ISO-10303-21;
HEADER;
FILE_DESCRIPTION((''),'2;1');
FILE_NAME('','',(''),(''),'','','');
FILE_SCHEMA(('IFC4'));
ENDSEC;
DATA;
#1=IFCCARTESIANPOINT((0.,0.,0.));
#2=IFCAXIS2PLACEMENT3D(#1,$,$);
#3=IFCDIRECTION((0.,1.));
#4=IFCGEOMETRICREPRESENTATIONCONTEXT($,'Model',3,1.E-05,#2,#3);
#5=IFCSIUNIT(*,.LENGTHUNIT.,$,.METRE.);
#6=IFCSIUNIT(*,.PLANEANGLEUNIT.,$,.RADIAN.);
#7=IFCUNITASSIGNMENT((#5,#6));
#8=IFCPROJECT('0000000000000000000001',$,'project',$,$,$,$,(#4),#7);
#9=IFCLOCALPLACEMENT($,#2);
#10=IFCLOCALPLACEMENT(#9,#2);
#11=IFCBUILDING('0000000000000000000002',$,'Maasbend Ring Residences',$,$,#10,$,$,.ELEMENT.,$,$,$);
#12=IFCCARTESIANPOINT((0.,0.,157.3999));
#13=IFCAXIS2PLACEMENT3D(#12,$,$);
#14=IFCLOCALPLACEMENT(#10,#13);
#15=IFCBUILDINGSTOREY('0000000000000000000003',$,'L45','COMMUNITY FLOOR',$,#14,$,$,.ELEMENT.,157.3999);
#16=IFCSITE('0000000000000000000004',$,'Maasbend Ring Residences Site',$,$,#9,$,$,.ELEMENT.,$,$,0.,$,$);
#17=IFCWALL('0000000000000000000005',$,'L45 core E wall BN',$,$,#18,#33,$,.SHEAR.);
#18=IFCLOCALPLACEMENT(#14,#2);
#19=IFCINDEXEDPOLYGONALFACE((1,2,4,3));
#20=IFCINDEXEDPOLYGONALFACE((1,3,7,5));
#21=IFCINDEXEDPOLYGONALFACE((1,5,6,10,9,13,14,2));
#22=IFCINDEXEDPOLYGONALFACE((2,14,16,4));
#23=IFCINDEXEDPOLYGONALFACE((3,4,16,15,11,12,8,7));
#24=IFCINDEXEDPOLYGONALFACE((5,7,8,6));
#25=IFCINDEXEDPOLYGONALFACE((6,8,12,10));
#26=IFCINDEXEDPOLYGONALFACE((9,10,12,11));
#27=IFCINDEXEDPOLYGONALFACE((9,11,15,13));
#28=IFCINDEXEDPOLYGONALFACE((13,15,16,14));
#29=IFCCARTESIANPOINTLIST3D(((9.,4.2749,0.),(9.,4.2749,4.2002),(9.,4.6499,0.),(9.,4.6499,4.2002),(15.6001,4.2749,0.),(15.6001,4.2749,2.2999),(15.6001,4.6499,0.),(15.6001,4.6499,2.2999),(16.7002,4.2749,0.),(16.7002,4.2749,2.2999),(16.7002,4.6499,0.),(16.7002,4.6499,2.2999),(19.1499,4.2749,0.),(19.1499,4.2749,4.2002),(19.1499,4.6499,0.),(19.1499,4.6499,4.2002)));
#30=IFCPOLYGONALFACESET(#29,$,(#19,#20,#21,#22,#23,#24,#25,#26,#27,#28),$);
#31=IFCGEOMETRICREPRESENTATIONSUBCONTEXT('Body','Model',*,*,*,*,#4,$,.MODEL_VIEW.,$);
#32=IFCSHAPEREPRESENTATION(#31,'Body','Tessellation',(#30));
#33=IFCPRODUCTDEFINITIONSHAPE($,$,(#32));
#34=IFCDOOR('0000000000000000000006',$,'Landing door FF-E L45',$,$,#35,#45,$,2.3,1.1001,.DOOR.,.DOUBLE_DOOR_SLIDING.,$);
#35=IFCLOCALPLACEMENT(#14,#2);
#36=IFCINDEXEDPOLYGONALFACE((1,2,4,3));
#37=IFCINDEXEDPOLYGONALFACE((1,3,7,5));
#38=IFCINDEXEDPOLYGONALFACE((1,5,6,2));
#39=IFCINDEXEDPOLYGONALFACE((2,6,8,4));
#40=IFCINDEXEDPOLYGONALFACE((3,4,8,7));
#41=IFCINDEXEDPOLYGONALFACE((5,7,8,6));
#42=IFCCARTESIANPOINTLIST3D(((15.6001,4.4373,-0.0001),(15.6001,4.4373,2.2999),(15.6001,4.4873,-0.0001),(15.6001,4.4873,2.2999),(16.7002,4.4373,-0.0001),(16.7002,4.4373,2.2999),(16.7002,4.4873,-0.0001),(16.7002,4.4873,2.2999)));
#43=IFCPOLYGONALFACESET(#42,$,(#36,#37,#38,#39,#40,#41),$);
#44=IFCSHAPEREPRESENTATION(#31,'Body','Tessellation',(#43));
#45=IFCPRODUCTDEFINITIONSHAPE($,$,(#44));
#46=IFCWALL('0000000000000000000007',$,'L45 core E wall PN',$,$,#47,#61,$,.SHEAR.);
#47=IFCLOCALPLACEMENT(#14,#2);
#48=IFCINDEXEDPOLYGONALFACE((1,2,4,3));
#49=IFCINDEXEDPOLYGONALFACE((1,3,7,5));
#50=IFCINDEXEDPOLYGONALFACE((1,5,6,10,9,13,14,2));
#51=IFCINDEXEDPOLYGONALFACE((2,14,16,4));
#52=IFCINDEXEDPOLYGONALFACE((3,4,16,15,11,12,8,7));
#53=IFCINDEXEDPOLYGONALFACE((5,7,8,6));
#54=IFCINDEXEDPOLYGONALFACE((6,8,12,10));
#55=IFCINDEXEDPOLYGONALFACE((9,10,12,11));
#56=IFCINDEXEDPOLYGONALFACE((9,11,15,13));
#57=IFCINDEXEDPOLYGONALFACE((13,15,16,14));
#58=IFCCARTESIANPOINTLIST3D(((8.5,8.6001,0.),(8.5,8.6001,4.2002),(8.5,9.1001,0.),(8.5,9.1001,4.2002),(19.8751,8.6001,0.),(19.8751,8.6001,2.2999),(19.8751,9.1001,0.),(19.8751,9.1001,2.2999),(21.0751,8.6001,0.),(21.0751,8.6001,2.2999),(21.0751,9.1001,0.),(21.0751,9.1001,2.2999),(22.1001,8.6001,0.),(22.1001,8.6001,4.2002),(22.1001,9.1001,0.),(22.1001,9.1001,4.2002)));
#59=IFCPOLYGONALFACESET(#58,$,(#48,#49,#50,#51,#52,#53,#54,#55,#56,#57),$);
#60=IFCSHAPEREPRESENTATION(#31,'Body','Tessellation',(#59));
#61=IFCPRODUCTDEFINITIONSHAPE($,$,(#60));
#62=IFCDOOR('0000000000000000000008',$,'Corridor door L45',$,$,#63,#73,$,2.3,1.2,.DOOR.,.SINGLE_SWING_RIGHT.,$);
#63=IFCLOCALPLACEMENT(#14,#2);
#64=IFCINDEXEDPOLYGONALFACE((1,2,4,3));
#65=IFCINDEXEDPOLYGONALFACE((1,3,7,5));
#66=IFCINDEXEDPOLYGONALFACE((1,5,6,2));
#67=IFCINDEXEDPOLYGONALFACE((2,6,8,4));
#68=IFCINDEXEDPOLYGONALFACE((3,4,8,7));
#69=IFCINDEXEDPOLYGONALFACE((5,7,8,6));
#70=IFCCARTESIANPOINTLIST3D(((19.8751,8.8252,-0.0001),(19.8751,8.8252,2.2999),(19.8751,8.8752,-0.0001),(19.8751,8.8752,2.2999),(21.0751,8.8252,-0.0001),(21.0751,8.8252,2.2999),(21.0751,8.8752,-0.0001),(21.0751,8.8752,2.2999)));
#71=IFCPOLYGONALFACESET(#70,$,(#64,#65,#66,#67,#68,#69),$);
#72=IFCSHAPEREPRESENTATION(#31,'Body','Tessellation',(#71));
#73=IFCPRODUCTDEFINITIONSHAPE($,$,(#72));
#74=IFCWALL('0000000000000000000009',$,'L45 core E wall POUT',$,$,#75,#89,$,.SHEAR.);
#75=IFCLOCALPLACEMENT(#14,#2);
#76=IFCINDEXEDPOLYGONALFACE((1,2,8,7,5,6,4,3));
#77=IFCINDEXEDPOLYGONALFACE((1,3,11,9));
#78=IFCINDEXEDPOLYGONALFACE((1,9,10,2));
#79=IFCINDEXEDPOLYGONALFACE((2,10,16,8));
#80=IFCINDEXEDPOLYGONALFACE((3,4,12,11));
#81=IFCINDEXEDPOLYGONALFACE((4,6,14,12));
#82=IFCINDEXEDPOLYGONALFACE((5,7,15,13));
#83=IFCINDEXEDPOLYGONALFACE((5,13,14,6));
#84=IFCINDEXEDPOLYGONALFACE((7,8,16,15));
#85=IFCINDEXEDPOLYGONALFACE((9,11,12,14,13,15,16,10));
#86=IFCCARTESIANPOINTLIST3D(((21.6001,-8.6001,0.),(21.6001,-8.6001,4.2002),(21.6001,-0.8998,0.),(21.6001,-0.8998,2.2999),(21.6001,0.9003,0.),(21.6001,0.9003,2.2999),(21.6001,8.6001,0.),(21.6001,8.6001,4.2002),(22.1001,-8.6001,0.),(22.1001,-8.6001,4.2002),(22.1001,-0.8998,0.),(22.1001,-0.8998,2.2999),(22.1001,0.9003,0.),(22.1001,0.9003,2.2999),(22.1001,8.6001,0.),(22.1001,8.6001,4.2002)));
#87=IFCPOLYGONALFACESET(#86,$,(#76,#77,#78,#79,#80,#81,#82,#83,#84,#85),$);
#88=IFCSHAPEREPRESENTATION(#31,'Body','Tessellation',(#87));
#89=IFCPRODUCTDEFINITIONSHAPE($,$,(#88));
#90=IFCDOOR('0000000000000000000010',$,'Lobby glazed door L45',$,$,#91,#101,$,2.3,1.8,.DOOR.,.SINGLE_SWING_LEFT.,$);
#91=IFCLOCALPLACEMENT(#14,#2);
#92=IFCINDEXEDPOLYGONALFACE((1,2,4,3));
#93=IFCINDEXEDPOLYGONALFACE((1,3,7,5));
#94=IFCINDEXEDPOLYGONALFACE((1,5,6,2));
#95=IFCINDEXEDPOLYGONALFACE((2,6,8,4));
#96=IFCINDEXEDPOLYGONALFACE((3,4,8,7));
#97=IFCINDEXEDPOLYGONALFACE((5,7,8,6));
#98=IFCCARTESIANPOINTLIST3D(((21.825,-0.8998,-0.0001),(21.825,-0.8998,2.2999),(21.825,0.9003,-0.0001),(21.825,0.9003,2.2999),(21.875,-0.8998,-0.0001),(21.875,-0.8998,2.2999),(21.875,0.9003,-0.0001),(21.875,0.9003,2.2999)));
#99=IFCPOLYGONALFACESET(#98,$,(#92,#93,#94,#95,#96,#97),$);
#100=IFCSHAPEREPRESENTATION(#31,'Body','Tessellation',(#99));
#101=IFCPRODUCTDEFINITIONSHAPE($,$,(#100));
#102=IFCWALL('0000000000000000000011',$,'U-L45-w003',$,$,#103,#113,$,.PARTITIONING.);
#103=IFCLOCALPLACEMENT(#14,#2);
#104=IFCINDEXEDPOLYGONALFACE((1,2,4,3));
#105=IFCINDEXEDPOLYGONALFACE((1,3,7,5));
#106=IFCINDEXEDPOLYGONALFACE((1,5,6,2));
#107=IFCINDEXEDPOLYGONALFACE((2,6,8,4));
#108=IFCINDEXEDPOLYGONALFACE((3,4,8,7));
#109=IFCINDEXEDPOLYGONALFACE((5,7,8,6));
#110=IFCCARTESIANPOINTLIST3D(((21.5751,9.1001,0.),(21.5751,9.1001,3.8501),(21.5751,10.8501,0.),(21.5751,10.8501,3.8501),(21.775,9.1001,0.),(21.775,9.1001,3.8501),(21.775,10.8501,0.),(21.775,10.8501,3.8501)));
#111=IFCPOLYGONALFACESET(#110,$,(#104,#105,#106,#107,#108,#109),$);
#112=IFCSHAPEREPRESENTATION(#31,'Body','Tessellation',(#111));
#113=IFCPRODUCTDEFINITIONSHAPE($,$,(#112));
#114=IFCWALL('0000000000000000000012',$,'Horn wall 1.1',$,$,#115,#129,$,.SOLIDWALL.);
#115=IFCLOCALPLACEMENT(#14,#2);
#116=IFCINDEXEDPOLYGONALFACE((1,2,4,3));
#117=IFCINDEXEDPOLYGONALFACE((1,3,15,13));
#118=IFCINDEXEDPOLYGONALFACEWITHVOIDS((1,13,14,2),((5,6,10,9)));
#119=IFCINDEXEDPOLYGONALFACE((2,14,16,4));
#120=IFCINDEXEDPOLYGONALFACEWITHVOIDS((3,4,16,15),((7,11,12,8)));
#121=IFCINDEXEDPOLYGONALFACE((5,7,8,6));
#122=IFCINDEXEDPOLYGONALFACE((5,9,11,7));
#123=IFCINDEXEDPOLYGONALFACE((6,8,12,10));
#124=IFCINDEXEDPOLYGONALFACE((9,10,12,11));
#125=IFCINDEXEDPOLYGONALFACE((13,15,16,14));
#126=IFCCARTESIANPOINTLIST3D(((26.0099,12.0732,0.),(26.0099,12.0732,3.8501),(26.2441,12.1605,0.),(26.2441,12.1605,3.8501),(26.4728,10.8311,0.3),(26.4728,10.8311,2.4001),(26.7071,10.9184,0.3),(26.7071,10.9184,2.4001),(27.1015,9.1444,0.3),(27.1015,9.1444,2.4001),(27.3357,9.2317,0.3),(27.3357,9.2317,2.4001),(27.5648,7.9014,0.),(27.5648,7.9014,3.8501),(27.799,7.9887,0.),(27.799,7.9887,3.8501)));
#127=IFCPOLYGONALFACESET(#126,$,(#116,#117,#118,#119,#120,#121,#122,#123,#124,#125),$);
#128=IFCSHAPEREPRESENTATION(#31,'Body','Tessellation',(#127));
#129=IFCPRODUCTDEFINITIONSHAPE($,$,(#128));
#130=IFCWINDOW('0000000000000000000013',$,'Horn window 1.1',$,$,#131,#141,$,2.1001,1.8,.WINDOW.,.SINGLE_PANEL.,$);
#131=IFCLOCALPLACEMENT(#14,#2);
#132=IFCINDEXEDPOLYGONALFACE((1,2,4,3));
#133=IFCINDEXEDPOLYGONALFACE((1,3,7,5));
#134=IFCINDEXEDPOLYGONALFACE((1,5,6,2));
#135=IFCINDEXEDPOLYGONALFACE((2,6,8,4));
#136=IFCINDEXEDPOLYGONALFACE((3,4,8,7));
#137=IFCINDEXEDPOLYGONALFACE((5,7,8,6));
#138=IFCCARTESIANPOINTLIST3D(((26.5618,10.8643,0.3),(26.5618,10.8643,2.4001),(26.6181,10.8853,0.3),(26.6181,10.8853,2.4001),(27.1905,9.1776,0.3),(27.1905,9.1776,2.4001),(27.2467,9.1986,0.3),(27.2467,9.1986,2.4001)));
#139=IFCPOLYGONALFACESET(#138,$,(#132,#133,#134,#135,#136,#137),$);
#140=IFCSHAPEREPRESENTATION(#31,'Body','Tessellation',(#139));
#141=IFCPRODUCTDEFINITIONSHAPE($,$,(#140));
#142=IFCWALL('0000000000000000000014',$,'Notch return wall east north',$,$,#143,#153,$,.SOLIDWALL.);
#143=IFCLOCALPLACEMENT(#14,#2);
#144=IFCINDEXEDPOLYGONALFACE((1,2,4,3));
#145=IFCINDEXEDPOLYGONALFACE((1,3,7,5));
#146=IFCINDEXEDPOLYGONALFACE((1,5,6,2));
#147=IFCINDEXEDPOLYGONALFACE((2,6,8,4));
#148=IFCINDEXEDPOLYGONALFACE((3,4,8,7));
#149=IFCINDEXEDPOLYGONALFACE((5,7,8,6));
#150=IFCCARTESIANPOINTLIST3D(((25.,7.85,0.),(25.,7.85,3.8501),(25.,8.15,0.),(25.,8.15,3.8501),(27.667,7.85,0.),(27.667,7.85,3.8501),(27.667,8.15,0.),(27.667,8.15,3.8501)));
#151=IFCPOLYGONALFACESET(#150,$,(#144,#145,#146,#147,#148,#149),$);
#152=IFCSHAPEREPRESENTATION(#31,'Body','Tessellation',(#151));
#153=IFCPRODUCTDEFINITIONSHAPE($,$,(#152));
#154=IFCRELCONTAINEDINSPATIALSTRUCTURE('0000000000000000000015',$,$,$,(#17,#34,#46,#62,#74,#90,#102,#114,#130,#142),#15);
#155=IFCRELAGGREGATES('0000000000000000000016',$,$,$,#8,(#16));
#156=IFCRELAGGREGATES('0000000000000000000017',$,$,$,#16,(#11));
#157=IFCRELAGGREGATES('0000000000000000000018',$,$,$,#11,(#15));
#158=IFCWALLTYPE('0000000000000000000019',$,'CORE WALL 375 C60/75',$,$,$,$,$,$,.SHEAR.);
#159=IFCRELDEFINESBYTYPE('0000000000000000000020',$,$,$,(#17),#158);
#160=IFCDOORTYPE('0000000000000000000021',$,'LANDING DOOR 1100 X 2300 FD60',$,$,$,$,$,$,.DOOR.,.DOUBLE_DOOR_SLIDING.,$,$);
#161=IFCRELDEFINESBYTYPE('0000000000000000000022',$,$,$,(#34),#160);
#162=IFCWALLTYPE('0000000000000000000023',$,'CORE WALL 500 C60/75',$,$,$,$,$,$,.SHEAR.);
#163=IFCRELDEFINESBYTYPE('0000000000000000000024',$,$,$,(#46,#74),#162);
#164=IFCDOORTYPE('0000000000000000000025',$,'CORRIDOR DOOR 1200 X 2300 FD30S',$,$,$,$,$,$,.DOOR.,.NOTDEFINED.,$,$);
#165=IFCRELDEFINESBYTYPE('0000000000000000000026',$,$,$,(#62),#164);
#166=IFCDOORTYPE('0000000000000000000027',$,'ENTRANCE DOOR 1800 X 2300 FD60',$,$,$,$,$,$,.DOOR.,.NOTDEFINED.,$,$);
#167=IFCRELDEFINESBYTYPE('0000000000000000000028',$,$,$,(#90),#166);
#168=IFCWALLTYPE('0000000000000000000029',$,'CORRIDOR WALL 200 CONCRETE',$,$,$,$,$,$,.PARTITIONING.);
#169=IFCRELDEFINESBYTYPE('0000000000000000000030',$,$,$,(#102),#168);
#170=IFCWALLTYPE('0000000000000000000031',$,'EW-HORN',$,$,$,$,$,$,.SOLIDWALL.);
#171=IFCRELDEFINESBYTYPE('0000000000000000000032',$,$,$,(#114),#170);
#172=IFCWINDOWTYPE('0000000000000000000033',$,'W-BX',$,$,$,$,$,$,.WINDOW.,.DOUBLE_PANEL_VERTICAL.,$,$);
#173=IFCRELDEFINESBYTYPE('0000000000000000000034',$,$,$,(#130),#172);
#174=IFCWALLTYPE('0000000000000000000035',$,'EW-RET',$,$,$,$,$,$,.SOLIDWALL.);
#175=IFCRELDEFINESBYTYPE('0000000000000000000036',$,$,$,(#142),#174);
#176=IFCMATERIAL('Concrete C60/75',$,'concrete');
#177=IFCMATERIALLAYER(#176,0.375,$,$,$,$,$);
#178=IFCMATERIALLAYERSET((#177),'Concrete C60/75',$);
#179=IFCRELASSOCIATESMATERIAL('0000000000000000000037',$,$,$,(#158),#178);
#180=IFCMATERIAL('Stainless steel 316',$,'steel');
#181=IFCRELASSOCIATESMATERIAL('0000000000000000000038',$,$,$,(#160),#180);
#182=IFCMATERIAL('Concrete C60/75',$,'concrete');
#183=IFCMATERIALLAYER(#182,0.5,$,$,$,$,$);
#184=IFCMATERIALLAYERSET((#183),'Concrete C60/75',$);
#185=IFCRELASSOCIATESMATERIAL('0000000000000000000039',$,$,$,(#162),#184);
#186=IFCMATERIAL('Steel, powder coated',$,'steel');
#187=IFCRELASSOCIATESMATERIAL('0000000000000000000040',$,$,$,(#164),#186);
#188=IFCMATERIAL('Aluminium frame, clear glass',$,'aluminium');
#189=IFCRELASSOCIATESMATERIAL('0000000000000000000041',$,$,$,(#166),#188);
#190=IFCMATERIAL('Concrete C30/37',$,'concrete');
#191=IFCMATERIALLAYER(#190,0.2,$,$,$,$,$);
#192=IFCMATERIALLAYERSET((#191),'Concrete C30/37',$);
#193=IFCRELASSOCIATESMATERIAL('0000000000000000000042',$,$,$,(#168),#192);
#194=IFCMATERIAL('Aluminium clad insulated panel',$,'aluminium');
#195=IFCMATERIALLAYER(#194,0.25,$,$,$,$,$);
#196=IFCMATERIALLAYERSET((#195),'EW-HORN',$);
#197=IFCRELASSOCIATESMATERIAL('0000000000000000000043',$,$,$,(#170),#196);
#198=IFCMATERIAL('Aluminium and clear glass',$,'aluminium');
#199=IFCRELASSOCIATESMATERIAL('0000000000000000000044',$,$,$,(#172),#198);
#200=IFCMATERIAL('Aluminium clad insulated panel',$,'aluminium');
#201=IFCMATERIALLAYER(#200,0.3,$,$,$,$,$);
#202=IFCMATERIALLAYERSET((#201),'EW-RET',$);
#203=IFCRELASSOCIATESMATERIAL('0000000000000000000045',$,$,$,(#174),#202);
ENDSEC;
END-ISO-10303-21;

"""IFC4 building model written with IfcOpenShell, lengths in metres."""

from ifc_helpers import new_model, si_unit, direction, frame, frame_2d, origin, place, context, subcontext, project, spatial, rectangle, extrude, material, layer, layer_set, type_object, element, fill, save


model = new_model("IFC4")

# Units and contexts
model_context = context("Model", 3, precision=1e-05, world=origin(), true_north=direction((0.0, 1.0)))
body_context = subcontext(model_context, "Body", "Model", "MODEL_VIEW")
ifc_project = project(units=[si_unit("LENGTHUNIT", "METRE"), si_unit("PLANEANGLEUNIT", "RADIAN")], contexts=[model_context])

# Site, building, storey
site_placement = place(None, origin())
site = spatial("IfcSite", under=ifc_project, at=site_placement, Name="Maasbend Ring Residences Site", CompositionType="ELEMENT", RefElevation=0.0)
building_placement = place(site_placement, origin())
building = spatial("IfcBuilding", under=site, at=building_placement, Name="Maasbend Ring Residences", CompositionType="ELEMENT")
storey_placement = place(building_placement, frame((0.0, 0.0, 157.3999)))
storey = spatial("IfcBuildingStorey", under=building, at=storey_placement, Name="L45", Description="COMMUNITY FLOOR", CompositionType="ELEMENT", Elevation=157.3999)

# Walls, openings, doors
ifc_material_1 = material(Name="Concrete C60/75", Category="concrete")
ifc_layer_1 = layer(ifc_material_1, 0.375)
ifc_layer_set_1 = layer_set([ifc_layer_1], Name="Concrete C60/75")
wall_type_1 = type_object("IfcWallType", Name="CORE WALL 375 C60/75", PredefinedType="SHEAR", material=ifc_layer_set_1)
wall_1_placement = place(storey_placement, frame((9.0, 4.4624, 0.0), z_axis=(0.0, 0.0, 1.0), x_axis=(1.0, 0.0, 0.0)))
wall_1 = element("IfcWall", 1, at=wall_1_placement, inside=storey, type_object=wall_type_1, Name="L45 core E wall BN", PredefinedType="SHEAR", context=body_context, shape_type="SweptSolid", body=[
    extrude(rectangle(XDim=10.1499, YDim=0.375, at=frame_2d((5.075, 0.0))), origin(), (0.0, 0.0, 1.0), 4.2002),
])
opening_1_placement = place(wall_1_placement, frame((6.6001, 0.0, 0.0)))
opening_1 = element("IfcOpeningElement", 2, at=opening_1_placement, cuts=wall_1, PredefinedType="OPENING", context=body_context, shape_type="SweptSolid", body=[
    extrude(rectangle(XDim=1.1001, YDim=2.3, at=frame_2d((0.55, 1.1499))), frame((0.0, 0.1975, 0.0), z_axis=(0.0, -1.0, 0.0), x_axis=(1.0, 0.0, 0.0)), (0.0, 0.0, 1.0), 0.395),
])
ifc_material_2 = material(Name="Stainless steel 316", Category="steel")
door_type_1 = type_object("IfcDoorType", Name="LANDING DOOR 1100 X 2300 FD60", OperationType="DOUBLE_DOOR_SLIDING", PredefinedType="DOOR", material=ifc_material_2)
door_1_placement = place(opening_1_placement, origin())
door_1 = element("IfcDoor", 3, at=door_1_placement, inside=storey, type_object=door_type_1, Name="Landing door FF-E L45", OperationType="DOUBLE_DOOR_SLIDING", OverallHeight=2.3, OverallWidth=1.1001, PredefinedType="DOOR", context=body_context, shape_type="SweptSolid", body=[
    extrude(rectangle(XDim=1.1001, YDim=2.3, at=frame_2d((0.55, 1.1499))), frame((0.0, 0.0249, 0.0), z_axis=(0.0, -1.0, 0.0), x_axis=(1.0, 0.0, 0.0)), (0.0, 0.0, 1.0), 0.05),
])
fill(opening_1, door_1)
ifc_material_3 = material(Name="Concrete C60/75", Category="concrete")
ifc_layer_2 = layer(ifc_material_3, 0.5)
ifc_layer_set_2 = layer_set([ifc_layer_2], Name="Concrete C60/75")
wall_type_2 = type_object("IfcWallType", Name="CORE WALL 500 C60/75", PredefinedType="SHEAR", material=ifc_layer_set_2)
wall_2_placement = place(storey_placement, frame((22.1001, 8.8501, 0.0), z_axis=(0.0, 0.0, 1.0), x_axis=(-1.0, 0.0, 0.0)))
wall_2 = element("IfcWall", 4, at=wall_2_placement, inside=storey, type_object=wall_type_2, Name="L45 core E wall PN", PredefinedType="SHEAR", context=body_context, shape_type="SweptSolid", body=[
    extrude(rectangle(XDim=13.6001, YDim=0.5, at=frame_2d((6.8, 0.0))), origin(), (0.0, 0.0, 1.0), 4.2002),
])
opening_2_placement = place(wall_2_placement, frame((1.0249, 0.0, 0.0)))
opening_2 = element("IfcOpeningElement", 5, at=opening_2_placement, cuts=wall_2, PredefinedType="OPENING", context=body_context, shape_type="SweptSolid", body=[
    extrude(rectangle(XDim=1.2, YDim=2.3, at=frame_2d((0.6001, 1.1499))), frame((0.0, 0.26, 0.0), z_axis=(0.0, -1.0, 0.0), x_axis=(1.0, 0.0, 0.0)), (0.0, 0.0, 1.0), 0.52),
])
ifc_material_4 = material(Name="Steel, powder coated", Category="steel")
door_type_2 = type_object("IfcDoorType", Name="CORRIDOR DOOR 1200 X 2300 FD30S", OperationType="NOTDEFINED", PredefinedType="DOOR", material=ifc_material_4)
door_2_placement = place(opening_2_placement, origin())
door_2 = element("IfcDoor", 6, at=door_2_placement, inside=storey, type_object=door_type_2, Name="Corridor door L45", OperationType="SINGLE_SWING_RIGHT", OverallHeight=2.3, OverallWidth=1.2, PredefinedType="DOOR", context=body_context, shape_type="SweptSolid", body=[
    extrude(rectangle(XDim=1.2, YDim=2.3, at=frame_2d((0.6001, 1.1499))), frame((0.0, 0.0249, 0.0), z_axis=(0.0, -1.0, 0.0), x_axis=(1.0, 0.0, 0.0)), (0.0, 0.0, 1.0), 0.05),
])
fill(opening_2, door_2)
wall_3_placement = place(storey_placement, frame((21.8501, 8.6001, 0.0), z_axis=(0.0, 0.0, 1.0), x_axis=(0.0, -1.0, 0.0)))
wall_3 = element("IfcWall", 7, at=wall_3_placement, inside=storey, type_object=wall_type_2, Name="L45 core E wall POUT", PredefinedType="SHEAR", context=body_context, shape_type="SweptSolid", body=[
    extrude(rectangle(XDim=17.2002, YDim=0.5, at=frame_2d((8.6001, 0.0))), origin(), (0.0, 0.0, 1.0), 4.2002),
])
opening_3_placement = place(wall_3_placement, frame((7.7, 0.0, 0.0)))
opening_3 = element("IfcOpeningElement", 8, at=opening_3_placement, cuts=wall_3, PredefinedType="OPENING", context=body_context, shape_type="SweptSolid", body=[
    extrude(rectangle(XDim=1.8, YDim=2.3, at=frame_2d((0.8999, 1.1499))), frame((0.0, 0.26, 0.0), z_axis=(0.0, -1.0, 0.0), x_axis=(1.0, 0.0, 0.0)), (0.0, 0.0, 1.0), 0.52),
])
ifc_material_5 = material(Name="Aluminium frame, clear glass", Category="aluminium")
door_type_3 = type_object("IfcDoorType", Name="ENTRANCE DOOR 1800 X 2300 FD60", OperationType="NOTDEFINED", PredefinedType="DOOR", material=ifc_material_5)
door_3_placement = place(opening_3_placement, origin())
door_3 = element("IfcDoor", 9, at=door_3_placement, inside=storey, type_object=door_type_3, Name="Lobby glazed door L45", OperationType="SINGLE_SWING_LEFT", OverallHeight=2.3, OverallWidth=1.8, PredefinedType="DOOR", context=body_context, shape_type="SweptSolid", body=[
    extrude(rectangle(XDim=1.8, YDim=2.3, at=frame_2d((0.8999, 1.1499))), frame((0.0, 0.0249, 0.0), z_axis=(0.0, -1.0, 0.0), x_axis=(1.0, 0.0, 0.0)), (0.0, 0.0, 1.0), 0.05),
])
fill(opening_3, door_3)

# Wall
ifc_material_6 = material(Name="Concrete C30/37", Category="concrete")
ifc_layer_3 = layer(ifc_material_6, 0.2)
ifc_layer_set_3 = layer_set([ifc_layer_3], Name="Concrete C30/37")
wall_type_3 = type_object("IfcWallType", Name="CORRIDOR WALL 200 CONCRETE", PredefinedType="PARTITIONING", material=ifc_layer_set_3)
wall_4_placement = place(storey_placement, frame((21.675, 9.1001, 0.0), z_axis=(0.0, 0.0, 1.0), x_axis=(0.0, 1.0, 0.0)))
element("IfcWall", 10, at=wall_4_placement, inside=storey, type_object=wall_type_3, Name="U-L45-w003", PredefinedType="PARTITIONING", context=body_context, shape_type="SweptSolid", body=[
    extrude(rectangle(XDim=1.75, YDim=0.2, at=frame_2d((0.875, 0.0))), origin(), (0.0, 0.0, 1.0), 3.8501),
])

# Wall, opening, window
ifc_material_7 = material(Name="Aluminium clad insulated panel", Category="aluminium")
ifc_layer_4 = layer(ifc_material_7, 0.25)
ifc_layer_set_4 = layer_set([ifc_layer_4], Name="EW-HORN")
wall_type_4 = type_object("IfcWallType", Name="EW-HORN", PredefinedType="SOLIDWALL", material=ifc_layer_set_4)
wall_5_placement = place(storey_placement, frame((27.6819, 7.9451, 0.0), z_axis=(0.0, 0.0, 1.0), x_axis=(-0.349248, 0.93703, 0.0)))
wall_5 = element("IfcWall", 11, at=wall_5_placement, inside=storey, type_object=wall_type_4, Name="Horn wall 1.1", PredefinedType="SOLIDWALL", context=body_context, shape_type="SweptSolid", body=[
    extrude(rectangle(XDim=4.4521, YDim=0.25, at=frame_2d((2.2261, 0.0))), origin(), (0.0, 0.0, 1.0), 3.8501),
])
opening_4_placement = place(wall_5_placement, frame((1.3267, 0.0, 0.3)))
opening_4 = element("IfcOpeningElement", 12, at=opening_4_placement, cuts=wall_5, PredefinedType="OPENING", context=body_context, shape_type="SweptSolid", body=[
    extrude(rectangle(XDim=1.8, YDim=2.1001, at=frame_2d((0.8999, 1.05))), frame((0.0, 0.135, 0.0), z_axis=(0.0, -1.0, 0.0), x_axis=(1.0, 0.0, 0.0)), (0.0, 0.0, 1.0), 0.27),
])
ifc_material_8 = material(Name="Aluminium and clear glass", Category="aluminium")
window_type = type_object("IfcWindowType", Name="W-BX", PartitioningType="DOUBLE_PANEL_VERTICAL", PredefinedType="WINDOW", material=ifc_material_8)
window_placement = place(opening_4_placement, origin())
window = element("IfcWindow", 13, at=window_placement, inside=storey, type_object=window_type, Name="Horn window 1.1", OverallHeight=2.1001, OverallWidth=1.8, PartitioningType="SINGLE_PANEL", PredefinedType="WINDOW", context=body_context, shape_type="SweptSolid", body=[
    extrude(rectangle(XDim=1.8, YDim=2.1001, at=frame_2d((0.8999, 1.05))), frame((0.0, 0.03, 0.0), z_axis=(0.0, -1.0, 0.0), x_axis=(1.0, 0.0, 0.0)), (0.0, 0.0, 1.0), 0.0601),
])
fill(opening_4, window)

# Wall
ifc_material_9 = material(Name="Aluminium clad insulated panel", Category="aluminium")
ifc_layer_5 = layer(ifc_material_9, 0.3)
ifc_layer_set_5 = layer_set([ifc_layer_5], Name="EW-RET")
wall_type_5 = type_object("IfcWallType", Name="EW-RET", PredefinedType="SOLIDWALL", material=ifc_layer_set_5)
wall_6_placement = place(storey_placement, frame((25.0, 8.0, 0.0), z_axis=(0.0, 0.0, 1.0), x_axis=(1.0, 0.0, 0.0)))
element("IfcWall", 14, at=wall_6_placement, inside=storey, type_object=wall_type_5, Name="Notch return wall east north", PredefinedType="SOLIDWALL", context=body_context, shape_type="SweptSolid", body=[
    extrude(rectangle(XDim=2.667, YDim=0.3, at=frame_2d((1.3335, 0.0))), origin(), (0.0, 0.0, 1.0), 3.8501),
])

save(model, "model.ifc")
